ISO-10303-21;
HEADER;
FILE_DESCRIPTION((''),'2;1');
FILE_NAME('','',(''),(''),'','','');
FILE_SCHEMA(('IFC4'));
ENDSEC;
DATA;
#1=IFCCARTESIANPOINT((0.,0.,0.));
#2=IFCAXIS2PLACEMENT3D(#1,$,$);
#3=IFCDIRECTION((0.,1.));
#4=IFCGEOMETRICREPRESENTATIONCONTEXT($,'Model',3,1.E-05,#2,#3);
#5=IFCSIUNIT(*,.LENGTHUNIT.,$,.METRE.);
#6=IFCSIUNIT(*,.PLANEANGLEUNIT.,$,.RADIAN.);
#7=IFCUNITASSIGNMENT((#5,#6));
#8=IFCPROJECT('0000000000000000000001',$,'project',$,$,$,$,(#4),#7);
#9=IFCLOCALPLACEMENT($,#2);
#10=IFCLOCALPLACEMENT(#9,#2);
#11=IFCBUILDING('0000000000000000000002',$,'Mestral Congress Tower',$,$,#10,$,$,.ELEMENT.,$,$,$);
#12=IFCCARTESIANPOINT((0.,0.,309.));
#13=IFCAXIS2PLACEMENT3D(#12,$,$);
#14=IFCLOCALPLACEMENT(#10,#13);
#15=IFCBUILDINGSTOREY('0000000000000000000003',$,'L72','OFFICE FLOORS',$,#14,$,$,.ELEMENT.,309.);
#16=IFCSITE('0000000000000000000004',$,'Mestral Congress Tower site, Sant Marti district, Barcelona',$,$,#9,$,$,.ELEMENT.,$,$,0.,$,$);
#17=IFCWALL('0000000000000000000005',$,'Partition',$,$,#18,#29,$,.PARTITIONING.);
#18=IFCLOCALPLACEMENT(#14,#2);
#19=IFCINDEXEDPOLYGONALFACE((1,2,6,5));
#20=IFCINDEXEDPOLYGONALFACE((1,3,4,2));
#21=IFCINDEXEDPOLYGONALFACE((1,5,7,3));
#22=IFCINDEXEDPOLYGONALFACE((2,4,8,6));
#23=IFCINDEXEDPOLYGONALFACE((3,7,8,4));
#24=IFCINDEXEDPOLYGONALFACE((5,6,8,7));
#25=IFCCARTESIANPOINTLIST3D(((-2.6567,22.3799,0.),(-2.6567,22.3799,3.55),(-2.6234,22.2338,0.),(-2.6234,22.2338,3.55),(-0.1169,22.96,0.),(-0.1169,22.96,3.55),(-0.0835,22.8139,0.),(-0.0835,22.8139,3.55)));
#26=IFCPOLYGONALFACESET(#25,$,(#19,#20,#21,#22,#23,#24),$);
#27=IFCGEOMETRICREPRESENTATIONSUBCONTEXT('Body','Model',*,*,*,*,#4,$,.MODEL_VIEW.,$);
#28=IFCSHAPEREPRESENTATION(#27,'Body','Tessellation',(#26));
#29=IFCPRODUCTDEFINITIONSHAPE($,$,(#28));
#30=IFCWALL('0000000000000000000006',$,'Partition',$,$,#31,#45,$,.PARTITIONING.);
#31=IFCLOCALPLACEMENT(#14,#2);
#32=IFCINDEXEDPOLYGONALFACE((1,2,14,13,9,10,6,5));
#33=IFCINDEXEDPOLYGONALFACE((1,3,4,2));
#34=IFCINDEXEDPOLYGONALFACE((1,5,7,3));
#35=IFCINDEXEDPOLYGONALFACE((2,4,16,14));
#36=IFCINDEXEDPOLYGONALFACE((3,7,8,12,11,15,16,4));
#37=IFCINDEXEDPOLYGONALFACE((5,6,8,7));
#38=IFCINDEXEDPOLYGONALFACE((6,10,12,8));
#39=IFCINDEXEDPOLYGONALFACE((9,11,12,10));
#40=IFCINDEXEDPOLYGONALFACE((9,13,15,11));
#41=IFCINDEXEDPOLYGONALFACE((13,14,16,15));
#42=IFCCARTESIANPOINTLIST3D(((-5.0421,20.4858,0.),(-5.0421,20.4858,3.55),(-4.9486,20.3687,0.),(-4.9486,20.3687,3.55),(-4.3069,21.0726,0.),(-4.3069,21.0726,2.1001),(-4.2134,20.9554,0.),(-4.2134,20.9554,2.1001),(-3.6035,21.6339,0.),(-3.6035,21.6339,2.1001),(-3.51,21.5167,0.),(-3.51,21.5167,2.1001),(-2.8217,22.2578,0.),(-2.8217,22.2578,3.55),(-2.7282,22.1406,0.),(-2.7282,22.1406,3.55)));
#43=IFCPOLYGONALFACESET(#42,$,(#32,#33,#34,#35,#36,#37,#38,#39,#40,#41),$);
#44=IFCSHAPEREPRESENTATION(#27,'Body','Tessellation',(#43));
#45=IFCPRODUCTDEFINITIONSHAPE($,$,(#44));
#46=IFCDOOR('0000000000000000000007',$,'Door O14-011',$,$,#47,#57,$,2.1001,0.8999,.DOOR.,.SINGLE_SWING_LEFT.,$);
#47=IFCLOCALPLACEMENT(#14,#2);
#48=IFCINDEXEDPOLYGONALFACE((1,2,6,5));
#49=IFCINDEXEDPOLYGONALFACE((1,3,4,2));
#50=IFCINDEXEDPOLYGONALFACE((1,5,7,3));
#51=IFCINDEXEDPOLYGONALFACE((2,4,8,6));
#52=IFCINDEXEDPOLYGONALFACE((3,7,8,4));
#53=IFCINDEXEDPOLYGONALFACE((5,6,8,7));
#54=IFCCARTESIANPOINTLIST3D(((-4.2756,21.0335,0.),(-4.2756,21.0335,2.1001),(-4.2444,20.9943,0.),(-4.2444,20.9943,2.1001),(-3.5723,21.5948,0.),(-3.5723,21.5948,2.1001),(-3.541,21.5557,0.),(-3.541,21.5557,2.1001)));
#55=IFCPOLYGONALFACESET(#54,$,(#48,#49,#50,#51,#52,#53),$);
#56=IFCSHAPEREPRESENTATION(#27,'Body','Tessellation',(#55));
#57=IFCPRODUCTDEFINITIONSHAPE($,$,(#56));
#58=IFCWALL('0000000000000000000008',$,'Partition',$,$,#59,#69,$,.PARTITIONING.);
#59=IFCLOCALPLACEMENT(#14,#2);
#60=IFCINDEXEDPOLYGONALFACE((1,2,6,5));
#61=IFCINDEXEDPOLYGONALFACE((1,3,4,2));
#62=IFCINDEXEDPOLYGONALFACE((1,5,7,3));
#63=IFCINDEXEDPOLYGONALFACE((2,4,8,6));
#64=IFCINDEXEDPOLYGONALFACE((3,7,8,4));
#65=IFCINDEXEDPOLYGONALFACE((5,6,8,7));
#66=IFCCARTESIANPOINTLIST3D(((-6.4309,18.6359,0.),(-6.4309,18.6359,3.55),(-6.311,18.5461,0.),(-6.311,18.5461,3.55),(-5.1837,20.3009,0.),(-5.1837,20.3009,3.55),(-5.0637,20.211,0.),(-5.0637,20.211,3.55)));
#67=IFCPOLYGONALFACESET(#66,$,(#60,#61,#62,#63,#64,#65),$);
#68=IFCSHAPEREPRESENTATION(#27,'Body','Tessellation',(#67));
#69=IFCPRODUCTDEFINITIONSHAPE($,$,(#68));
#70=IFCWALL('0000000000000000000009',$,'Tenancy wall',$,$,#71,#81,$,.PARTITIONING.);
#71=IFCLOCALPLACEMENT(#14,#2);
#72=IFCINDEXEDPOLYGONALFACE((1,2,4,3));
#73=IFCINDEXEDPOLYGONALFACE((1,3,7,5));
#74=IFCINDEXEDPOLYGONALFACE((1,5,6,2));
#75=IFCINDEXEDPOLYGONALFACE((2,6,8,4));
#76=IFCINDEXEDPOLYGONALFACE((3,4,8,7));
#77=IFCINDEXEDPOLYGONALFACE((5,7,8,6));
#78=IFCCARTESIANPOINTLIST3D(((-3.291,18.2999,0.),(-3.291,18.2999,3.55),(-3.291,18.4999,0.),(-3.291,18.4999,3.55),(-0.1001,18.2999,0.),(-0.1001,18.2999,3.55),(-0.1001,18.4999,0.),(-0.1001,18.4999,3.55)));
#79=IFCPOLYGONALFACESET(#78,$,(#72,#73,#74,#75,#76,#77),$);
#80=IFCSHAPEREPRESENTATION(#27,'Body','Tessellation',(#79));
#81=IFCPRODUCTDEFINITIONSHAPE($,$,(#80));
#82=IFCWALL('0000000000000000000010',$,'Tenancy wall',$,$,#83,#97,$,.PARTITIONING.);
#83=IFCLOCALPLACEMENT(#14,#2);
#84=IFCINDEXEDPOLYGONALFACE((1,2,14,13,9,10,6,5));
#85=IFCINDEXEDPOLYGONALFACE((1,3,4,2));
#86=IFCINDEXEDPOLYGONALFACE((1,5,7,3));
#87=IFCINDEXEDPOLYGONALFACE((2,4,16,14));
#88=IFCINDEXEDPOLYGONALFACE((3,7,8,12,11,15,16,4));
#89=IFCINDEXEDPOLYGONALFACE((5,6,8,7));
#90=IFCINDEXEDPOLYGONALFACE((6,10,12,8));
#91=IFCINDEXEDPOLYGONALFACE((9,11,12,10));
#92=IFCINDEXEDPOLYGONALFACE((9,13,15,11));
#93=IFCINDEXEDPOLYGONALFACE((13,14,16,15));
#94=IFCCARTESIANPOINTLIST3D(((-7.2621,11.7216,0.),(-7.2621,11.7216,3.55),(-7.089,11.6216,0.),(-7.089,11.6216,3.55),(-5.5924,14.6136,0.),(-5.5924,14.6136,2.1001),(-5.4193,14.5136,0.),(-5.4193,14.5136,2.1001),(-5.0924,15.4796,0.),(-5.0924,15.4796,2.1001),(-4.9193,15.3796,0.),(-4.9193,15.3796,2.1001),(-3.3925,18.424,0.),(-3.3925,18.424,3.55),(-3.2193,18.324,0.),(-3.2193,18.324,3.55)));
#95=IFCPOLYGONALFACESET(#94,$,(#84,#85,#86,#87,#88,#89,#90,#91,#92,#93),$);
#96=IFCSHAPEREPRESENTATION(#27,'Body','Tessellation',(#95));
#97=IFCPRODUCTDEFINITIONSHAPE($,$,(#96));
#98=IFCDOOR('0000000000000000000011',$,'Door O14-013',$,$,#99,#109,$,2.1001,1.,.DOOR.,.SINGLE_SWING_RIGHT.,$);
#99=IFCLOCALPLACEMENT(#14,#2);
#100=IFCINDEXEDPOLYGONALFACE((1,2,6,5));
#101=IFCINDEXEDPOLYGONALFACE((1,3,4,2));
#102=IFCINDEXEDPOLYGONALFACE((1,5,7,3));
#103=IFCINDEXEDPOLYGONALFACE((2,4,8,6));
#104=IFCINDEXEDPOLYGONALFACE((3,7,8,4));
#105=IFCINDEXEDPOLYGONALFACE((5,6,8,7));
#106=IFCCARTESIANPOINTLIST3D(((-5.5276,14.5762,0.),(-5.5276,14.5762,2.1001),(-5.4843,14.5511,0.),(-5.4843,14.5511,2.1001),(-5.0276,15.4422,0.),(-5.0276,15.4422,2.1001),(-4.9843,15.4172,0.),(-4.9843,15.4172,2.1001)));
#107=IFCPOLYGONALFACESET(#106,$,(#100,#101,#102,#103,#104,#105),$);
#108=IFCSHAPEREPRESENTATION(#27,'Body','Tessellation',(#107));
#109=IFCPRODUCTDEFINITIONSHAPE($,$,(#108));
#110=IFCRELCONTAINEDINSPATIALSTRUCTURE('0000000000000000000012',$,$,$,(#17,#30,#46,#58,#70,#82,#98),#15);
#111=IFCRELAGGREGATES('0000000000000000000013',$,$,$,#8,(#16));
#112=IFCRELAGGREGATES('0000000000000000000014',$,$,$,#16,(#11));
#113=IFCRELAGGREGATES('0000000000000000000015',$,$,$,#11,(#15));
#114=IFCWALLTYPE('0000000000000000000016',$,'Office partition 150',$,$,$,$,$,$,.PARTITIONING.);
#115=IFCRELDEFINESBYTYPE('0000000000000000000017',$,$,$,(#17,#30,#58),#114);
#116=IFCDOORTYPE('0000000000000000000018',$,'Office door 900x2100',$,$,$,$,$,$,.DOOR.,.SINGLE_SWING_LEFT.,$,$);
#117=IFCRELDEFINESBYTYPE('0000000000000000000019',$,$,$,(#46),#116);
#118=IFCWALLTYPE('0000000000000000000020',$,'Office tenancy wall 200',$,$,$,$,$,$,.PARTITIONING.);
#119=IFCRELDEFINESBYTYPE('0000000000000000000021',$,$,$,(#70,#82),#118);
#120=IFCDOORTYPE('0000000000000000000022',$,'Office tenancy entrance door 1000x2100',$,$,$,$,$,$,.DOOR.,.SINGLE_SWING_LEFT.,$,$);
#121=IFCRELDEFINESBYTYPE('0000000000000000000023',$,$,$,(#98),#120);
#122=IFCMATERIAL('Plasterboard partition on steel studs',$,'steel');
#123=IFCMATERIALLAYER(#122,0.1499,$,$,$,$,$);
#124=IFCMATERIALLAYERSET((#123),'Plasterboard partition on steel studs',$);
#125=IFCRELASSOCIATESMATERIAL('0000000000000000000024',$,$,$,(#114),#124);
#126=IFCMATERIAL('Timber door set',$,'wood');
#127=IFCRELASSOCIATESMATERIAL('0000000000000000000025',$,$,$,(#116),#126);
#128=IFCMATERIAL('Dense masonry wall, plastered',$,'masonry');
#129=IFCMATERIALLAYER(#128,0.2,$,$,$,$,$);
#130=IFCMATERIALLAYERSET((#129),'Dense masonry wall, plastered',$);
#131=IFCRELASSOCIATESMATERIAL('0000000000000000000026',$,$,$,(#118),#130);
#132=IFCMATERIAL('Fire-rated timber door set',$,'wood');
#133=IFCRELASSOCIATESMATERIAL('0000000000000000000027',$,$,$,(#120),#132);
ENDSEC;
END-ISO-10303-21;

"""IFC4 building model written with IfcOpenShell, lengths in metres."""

from ifc_helpers import new_model, si_unit, direction, frame, frame_2d, origin, place, context, subcontext, project, spatial, rectangle, extrude, material, layer, layer_set, type_object, element, fill, save


model = new_model("IFC4")

# Units and contexts
model_context = context("Model", 3, precision=1e-05, world=origin(), true_north=direction((0.0, 1.0)))
body_context = subcontext(model_context, "Body", "Model", "MODEL_VIEW")
ifc_project = project(units=[si_unit("LENGTHUNIT", "METRE"), si_unit("PLANEANGLEUNIT", "RADIAN")], contexts=[model_context])

# Site, building, storey
site_placement = place(None, origin())
site = spatial("IfcSite", under=ifc_project, at=site_placement, Name="Mestral Congress Tower site, Sant Marti district, Barcelona", CompositionType="ELEMENT", RefElevation=0.0)
building_placement = place(site_placement, origin())
building = spatial("IfcBuilding", under=site, at=building_placement, Name="Mestral Congress Tower", CompositionType="ELEMENT")
storey_placement = place(building_placement, frame((0.0, 0.0, 309.0)))
storey = spatial("IfcBuildingStorey", under=building, at=storey_placement, Name="L72", Description="OFFICE FLOORS", CompositionType="ELEMENT", Elevation=309.0)

# Wall
ifc_material_1 = material(Name="Plasterboard partition on steel studs", Category="steel")
ifc_layer_1 = layer(ifc_material_1, 0.1499)
ifc_layer_set_1 = layer_set([ifc_layer_1], Name="Plasterboard partition on steel studs")
wall_type_1 = type_object("IfcWallType", Name="Office partition 150", PredefinedType="PARTITIONING", material=ifc_layer_set_1)
wall_1_placement = place(storey_placement, frame((-0.1001, 22.887, 0.0), z_axis=(0.0, 0.0, 1.0), x_axis=(-0.974896, -0.222662, 0.0)))
element("IfcWall", 1, at=wall_1_placement, inside=storey, type_object=wall_type_1, Name="Partition", PredefinedType="PARTITIONING", context=body_context, shape_type="SweptSolid", body=[
    extrude(rectangle(XDim=2.6052, YDim=0.1499, at=frame_2d((1.3027, 0.0))), origin(), (0.0, 0.0, 1.0), 3.55),
])

# Wall, opening, door
wall_2_placement = place(storey_placement, frame((-4.9954, 20.4272, 0.0), z_axis=(0.0, 0.0, 1.0), x_axis=(0.781623, 0.623751, 0.0)))
wall_2 = element("IfcWall", 2, at=wall_2_placement, inside=storey, type_object=wall_type_1, Name="Partition", PredefinedType="PARTITIONING", context=body_context, shape_type="SweptSolid", body=[
    extrude(rectangle(XDim=2.8408, YDim=0.1499, at=frame_2d((1.4204, 0.0))), origin(), (0.0, 0.0, 1.0), 3.55),
])
opening_1_placement = place(wall_2_placement, frame((0.9407, 0.0, 0.0)))
opening_1 = element("IfcOpeningElement", 3, at=opening_1_placement, cuts=wall_2, PredefinedType="OPENING", context=body_context, shape_type="SweptSolid", body=[
    extrude(rectangle(XDim=0.8999, YDim=2.1001, at=frame_2d((0.45, 1.05))), frame((0.0, 0.085, 0.0), z_axis=(0.0, -1.0, 0.0), x_axis=(1.0, 0.0, 0.0)), (0.0, 0.0, 1.0), 0.1699),
])
ifc_material_2 = material(Name="Timber door set", Category="wood")
door_type_1 = type_object("IfcDoorType", Name="Office door 900x2100", OperationType="SINGLE_SWING_LEFT", PredefinedType="DOOR", material=ifc_material_2)
door_1_placement = place(opening_1_placement, origin())
door_1 = element("IfcDoor", 4, at=door_1_placement, inside=storey, type_object=door_type_1, Name="Door O14-011", OperationType="SINGLE_SWING_LEFT", OverallHeight=2.1001, OverallWidth=0.8999, PredefinedType="DOOR", context=body_context, shape_type="SweptSolid", body=[
    extrude(rectangle(XDim=0.8999, YDim=2.1001, at=frame_2d((0.45, 1.05))), frame((0.0, 0.0249, 0.0), z_axis=(0.0, -1.0, 0.0), x_axis=(1.0, 0.0, 0.0)), (0.0, 0.0, 1.0), 0.05),
])
fill(opening_1, door_1)

# Walls
wall_3_placement = place(storey_placement, frame((-5.1238, 20.2559, 0.0), z_axis=(0.0, 0.0, 1.0), x_axis=(-0.599549, -0.800338, 0.0)))
element("IfcWall", 5, at=wall_3_placement, inside=storey, type_object=wall_type_1, Name="Partition", PredefinedType="PARTITIONING", context=body_context, shape_type="SweptSolid", body=[
    extrude(rectangle(XDim=2.0803, YDim=0.1499, at=frame_2d((1.04, 0.0))), origin(), (0.0, 0.0, 1.0), 3.55),
])
ifc_material_3 = material(Name="Dense masonry wall, plastered", Category="masonry")
ifc_layer_2 = layer(ifc_material_3, 0.2)
ifc_layer_set_2 = layer_set([ifc_layer_2], Name="Dense masonry wall, plastered")
wall_type_2 = type_object("IfcWallType", Name="Office tenancy wall 200", PredefinedType="PARTITIONING", material=ifc_layer_set_2)
wall_4_placement = place(storey_placement, frame((-0.1001, 18.3999, 0.0), z_axis=(0.0, 0.0, 1.0), x_axis=(-1.0, 0.0, 0.0)))
element("IfcWall", 6, at=wall_4_placement, inside=storey, type_object=wall_type_2, Name="Tenancy wall", PredefinedType="PARTITIONING", context=body_context, shape_type="SweptSolid", body=[
    extrude(rectangle(XDim=3.1909, YDim=0.2, at=frame_2d((1.5955, 0.0))), origin(), (0.0, 0.0, 1.0), 3.55),
])

# Wall, opening, door
wall_5_placement = place(storey_placement, frame((-3.3059, 18.374, 0.0), z_axis=(0.0, 0.0, 1.0), x_axis=(-0.5, -0.866025, 0.0)))
wall_5 = element("IfcWall", 7, at=wall_5_placement, inside=storey, type_object=wall_type_2, Name="Tenancy wall", PredefinedType="PARTITIONING", context=body_context, shape_type="SweptSolid", body=[
    extrude(rectangle(XDim=7.7393, YDim=0.2, at=frame_2d((3.8696, 0.0))), origin(), (0.0, 0.0, 1.0), 3.55),
])
opening_2_placement = place(wall_5_placement, frame((3.3999, 0.0, 0.0)))
opening_2 = element("IfcOpeningElement", 8, at=opening_2_placement, cuts=wall_5, PredefinedType="OPENING", context=body_context, shape_type="SweptSolid", body=[
    extrude(rectangle(XDim=1.0, YDim=2.1001, at=frame_2d((0.5, 1.05))), frame((0.0, 0.1099, 0.0), z_axis=(0.0, -1.0, 0.0), x_axis=(1.0, 0.0, 0.0)), (0.0, 0.0, 1.0), 0.22),
])
ifc_material_4 = material(Name="Fire-rated timber door set", Category="wood")
door_type_2 = type_object("IfcDoorType", Name="Office tenancy entrance door 1000x2100", OperationType="SINGLE_SWING_LEFT", PredefinedType="DOOR", material=ifc_material_4)
door_2_placement = place(opening_2_placement, origin())
door_2 = element("IfcDoor", 9, at=door_2_placement, inside=storey, type_object=door_type_2, Name="Door O14-013", OperationType="SINGLE_SWING_RIGHT", OverallHeight=2.1001, OverallWidth=1.0, PredefinedType="DOOR", context=body_context, shape_type="SweptSolid", body=[
    extrude(rectangle(XDim=1.0, YDim=2.1001, at=frame_2d((0.5, 1.05))), frame((0.0, 0.0249, 0.0), z_axis=(0.0, -1.0, 0.0), x_axis=(1.0, 0.0, 0.0)), (0.0, 0.0, 1.0), 0.05),
])
fill(opening_2, door_2)

save(model, "model.ifc")
